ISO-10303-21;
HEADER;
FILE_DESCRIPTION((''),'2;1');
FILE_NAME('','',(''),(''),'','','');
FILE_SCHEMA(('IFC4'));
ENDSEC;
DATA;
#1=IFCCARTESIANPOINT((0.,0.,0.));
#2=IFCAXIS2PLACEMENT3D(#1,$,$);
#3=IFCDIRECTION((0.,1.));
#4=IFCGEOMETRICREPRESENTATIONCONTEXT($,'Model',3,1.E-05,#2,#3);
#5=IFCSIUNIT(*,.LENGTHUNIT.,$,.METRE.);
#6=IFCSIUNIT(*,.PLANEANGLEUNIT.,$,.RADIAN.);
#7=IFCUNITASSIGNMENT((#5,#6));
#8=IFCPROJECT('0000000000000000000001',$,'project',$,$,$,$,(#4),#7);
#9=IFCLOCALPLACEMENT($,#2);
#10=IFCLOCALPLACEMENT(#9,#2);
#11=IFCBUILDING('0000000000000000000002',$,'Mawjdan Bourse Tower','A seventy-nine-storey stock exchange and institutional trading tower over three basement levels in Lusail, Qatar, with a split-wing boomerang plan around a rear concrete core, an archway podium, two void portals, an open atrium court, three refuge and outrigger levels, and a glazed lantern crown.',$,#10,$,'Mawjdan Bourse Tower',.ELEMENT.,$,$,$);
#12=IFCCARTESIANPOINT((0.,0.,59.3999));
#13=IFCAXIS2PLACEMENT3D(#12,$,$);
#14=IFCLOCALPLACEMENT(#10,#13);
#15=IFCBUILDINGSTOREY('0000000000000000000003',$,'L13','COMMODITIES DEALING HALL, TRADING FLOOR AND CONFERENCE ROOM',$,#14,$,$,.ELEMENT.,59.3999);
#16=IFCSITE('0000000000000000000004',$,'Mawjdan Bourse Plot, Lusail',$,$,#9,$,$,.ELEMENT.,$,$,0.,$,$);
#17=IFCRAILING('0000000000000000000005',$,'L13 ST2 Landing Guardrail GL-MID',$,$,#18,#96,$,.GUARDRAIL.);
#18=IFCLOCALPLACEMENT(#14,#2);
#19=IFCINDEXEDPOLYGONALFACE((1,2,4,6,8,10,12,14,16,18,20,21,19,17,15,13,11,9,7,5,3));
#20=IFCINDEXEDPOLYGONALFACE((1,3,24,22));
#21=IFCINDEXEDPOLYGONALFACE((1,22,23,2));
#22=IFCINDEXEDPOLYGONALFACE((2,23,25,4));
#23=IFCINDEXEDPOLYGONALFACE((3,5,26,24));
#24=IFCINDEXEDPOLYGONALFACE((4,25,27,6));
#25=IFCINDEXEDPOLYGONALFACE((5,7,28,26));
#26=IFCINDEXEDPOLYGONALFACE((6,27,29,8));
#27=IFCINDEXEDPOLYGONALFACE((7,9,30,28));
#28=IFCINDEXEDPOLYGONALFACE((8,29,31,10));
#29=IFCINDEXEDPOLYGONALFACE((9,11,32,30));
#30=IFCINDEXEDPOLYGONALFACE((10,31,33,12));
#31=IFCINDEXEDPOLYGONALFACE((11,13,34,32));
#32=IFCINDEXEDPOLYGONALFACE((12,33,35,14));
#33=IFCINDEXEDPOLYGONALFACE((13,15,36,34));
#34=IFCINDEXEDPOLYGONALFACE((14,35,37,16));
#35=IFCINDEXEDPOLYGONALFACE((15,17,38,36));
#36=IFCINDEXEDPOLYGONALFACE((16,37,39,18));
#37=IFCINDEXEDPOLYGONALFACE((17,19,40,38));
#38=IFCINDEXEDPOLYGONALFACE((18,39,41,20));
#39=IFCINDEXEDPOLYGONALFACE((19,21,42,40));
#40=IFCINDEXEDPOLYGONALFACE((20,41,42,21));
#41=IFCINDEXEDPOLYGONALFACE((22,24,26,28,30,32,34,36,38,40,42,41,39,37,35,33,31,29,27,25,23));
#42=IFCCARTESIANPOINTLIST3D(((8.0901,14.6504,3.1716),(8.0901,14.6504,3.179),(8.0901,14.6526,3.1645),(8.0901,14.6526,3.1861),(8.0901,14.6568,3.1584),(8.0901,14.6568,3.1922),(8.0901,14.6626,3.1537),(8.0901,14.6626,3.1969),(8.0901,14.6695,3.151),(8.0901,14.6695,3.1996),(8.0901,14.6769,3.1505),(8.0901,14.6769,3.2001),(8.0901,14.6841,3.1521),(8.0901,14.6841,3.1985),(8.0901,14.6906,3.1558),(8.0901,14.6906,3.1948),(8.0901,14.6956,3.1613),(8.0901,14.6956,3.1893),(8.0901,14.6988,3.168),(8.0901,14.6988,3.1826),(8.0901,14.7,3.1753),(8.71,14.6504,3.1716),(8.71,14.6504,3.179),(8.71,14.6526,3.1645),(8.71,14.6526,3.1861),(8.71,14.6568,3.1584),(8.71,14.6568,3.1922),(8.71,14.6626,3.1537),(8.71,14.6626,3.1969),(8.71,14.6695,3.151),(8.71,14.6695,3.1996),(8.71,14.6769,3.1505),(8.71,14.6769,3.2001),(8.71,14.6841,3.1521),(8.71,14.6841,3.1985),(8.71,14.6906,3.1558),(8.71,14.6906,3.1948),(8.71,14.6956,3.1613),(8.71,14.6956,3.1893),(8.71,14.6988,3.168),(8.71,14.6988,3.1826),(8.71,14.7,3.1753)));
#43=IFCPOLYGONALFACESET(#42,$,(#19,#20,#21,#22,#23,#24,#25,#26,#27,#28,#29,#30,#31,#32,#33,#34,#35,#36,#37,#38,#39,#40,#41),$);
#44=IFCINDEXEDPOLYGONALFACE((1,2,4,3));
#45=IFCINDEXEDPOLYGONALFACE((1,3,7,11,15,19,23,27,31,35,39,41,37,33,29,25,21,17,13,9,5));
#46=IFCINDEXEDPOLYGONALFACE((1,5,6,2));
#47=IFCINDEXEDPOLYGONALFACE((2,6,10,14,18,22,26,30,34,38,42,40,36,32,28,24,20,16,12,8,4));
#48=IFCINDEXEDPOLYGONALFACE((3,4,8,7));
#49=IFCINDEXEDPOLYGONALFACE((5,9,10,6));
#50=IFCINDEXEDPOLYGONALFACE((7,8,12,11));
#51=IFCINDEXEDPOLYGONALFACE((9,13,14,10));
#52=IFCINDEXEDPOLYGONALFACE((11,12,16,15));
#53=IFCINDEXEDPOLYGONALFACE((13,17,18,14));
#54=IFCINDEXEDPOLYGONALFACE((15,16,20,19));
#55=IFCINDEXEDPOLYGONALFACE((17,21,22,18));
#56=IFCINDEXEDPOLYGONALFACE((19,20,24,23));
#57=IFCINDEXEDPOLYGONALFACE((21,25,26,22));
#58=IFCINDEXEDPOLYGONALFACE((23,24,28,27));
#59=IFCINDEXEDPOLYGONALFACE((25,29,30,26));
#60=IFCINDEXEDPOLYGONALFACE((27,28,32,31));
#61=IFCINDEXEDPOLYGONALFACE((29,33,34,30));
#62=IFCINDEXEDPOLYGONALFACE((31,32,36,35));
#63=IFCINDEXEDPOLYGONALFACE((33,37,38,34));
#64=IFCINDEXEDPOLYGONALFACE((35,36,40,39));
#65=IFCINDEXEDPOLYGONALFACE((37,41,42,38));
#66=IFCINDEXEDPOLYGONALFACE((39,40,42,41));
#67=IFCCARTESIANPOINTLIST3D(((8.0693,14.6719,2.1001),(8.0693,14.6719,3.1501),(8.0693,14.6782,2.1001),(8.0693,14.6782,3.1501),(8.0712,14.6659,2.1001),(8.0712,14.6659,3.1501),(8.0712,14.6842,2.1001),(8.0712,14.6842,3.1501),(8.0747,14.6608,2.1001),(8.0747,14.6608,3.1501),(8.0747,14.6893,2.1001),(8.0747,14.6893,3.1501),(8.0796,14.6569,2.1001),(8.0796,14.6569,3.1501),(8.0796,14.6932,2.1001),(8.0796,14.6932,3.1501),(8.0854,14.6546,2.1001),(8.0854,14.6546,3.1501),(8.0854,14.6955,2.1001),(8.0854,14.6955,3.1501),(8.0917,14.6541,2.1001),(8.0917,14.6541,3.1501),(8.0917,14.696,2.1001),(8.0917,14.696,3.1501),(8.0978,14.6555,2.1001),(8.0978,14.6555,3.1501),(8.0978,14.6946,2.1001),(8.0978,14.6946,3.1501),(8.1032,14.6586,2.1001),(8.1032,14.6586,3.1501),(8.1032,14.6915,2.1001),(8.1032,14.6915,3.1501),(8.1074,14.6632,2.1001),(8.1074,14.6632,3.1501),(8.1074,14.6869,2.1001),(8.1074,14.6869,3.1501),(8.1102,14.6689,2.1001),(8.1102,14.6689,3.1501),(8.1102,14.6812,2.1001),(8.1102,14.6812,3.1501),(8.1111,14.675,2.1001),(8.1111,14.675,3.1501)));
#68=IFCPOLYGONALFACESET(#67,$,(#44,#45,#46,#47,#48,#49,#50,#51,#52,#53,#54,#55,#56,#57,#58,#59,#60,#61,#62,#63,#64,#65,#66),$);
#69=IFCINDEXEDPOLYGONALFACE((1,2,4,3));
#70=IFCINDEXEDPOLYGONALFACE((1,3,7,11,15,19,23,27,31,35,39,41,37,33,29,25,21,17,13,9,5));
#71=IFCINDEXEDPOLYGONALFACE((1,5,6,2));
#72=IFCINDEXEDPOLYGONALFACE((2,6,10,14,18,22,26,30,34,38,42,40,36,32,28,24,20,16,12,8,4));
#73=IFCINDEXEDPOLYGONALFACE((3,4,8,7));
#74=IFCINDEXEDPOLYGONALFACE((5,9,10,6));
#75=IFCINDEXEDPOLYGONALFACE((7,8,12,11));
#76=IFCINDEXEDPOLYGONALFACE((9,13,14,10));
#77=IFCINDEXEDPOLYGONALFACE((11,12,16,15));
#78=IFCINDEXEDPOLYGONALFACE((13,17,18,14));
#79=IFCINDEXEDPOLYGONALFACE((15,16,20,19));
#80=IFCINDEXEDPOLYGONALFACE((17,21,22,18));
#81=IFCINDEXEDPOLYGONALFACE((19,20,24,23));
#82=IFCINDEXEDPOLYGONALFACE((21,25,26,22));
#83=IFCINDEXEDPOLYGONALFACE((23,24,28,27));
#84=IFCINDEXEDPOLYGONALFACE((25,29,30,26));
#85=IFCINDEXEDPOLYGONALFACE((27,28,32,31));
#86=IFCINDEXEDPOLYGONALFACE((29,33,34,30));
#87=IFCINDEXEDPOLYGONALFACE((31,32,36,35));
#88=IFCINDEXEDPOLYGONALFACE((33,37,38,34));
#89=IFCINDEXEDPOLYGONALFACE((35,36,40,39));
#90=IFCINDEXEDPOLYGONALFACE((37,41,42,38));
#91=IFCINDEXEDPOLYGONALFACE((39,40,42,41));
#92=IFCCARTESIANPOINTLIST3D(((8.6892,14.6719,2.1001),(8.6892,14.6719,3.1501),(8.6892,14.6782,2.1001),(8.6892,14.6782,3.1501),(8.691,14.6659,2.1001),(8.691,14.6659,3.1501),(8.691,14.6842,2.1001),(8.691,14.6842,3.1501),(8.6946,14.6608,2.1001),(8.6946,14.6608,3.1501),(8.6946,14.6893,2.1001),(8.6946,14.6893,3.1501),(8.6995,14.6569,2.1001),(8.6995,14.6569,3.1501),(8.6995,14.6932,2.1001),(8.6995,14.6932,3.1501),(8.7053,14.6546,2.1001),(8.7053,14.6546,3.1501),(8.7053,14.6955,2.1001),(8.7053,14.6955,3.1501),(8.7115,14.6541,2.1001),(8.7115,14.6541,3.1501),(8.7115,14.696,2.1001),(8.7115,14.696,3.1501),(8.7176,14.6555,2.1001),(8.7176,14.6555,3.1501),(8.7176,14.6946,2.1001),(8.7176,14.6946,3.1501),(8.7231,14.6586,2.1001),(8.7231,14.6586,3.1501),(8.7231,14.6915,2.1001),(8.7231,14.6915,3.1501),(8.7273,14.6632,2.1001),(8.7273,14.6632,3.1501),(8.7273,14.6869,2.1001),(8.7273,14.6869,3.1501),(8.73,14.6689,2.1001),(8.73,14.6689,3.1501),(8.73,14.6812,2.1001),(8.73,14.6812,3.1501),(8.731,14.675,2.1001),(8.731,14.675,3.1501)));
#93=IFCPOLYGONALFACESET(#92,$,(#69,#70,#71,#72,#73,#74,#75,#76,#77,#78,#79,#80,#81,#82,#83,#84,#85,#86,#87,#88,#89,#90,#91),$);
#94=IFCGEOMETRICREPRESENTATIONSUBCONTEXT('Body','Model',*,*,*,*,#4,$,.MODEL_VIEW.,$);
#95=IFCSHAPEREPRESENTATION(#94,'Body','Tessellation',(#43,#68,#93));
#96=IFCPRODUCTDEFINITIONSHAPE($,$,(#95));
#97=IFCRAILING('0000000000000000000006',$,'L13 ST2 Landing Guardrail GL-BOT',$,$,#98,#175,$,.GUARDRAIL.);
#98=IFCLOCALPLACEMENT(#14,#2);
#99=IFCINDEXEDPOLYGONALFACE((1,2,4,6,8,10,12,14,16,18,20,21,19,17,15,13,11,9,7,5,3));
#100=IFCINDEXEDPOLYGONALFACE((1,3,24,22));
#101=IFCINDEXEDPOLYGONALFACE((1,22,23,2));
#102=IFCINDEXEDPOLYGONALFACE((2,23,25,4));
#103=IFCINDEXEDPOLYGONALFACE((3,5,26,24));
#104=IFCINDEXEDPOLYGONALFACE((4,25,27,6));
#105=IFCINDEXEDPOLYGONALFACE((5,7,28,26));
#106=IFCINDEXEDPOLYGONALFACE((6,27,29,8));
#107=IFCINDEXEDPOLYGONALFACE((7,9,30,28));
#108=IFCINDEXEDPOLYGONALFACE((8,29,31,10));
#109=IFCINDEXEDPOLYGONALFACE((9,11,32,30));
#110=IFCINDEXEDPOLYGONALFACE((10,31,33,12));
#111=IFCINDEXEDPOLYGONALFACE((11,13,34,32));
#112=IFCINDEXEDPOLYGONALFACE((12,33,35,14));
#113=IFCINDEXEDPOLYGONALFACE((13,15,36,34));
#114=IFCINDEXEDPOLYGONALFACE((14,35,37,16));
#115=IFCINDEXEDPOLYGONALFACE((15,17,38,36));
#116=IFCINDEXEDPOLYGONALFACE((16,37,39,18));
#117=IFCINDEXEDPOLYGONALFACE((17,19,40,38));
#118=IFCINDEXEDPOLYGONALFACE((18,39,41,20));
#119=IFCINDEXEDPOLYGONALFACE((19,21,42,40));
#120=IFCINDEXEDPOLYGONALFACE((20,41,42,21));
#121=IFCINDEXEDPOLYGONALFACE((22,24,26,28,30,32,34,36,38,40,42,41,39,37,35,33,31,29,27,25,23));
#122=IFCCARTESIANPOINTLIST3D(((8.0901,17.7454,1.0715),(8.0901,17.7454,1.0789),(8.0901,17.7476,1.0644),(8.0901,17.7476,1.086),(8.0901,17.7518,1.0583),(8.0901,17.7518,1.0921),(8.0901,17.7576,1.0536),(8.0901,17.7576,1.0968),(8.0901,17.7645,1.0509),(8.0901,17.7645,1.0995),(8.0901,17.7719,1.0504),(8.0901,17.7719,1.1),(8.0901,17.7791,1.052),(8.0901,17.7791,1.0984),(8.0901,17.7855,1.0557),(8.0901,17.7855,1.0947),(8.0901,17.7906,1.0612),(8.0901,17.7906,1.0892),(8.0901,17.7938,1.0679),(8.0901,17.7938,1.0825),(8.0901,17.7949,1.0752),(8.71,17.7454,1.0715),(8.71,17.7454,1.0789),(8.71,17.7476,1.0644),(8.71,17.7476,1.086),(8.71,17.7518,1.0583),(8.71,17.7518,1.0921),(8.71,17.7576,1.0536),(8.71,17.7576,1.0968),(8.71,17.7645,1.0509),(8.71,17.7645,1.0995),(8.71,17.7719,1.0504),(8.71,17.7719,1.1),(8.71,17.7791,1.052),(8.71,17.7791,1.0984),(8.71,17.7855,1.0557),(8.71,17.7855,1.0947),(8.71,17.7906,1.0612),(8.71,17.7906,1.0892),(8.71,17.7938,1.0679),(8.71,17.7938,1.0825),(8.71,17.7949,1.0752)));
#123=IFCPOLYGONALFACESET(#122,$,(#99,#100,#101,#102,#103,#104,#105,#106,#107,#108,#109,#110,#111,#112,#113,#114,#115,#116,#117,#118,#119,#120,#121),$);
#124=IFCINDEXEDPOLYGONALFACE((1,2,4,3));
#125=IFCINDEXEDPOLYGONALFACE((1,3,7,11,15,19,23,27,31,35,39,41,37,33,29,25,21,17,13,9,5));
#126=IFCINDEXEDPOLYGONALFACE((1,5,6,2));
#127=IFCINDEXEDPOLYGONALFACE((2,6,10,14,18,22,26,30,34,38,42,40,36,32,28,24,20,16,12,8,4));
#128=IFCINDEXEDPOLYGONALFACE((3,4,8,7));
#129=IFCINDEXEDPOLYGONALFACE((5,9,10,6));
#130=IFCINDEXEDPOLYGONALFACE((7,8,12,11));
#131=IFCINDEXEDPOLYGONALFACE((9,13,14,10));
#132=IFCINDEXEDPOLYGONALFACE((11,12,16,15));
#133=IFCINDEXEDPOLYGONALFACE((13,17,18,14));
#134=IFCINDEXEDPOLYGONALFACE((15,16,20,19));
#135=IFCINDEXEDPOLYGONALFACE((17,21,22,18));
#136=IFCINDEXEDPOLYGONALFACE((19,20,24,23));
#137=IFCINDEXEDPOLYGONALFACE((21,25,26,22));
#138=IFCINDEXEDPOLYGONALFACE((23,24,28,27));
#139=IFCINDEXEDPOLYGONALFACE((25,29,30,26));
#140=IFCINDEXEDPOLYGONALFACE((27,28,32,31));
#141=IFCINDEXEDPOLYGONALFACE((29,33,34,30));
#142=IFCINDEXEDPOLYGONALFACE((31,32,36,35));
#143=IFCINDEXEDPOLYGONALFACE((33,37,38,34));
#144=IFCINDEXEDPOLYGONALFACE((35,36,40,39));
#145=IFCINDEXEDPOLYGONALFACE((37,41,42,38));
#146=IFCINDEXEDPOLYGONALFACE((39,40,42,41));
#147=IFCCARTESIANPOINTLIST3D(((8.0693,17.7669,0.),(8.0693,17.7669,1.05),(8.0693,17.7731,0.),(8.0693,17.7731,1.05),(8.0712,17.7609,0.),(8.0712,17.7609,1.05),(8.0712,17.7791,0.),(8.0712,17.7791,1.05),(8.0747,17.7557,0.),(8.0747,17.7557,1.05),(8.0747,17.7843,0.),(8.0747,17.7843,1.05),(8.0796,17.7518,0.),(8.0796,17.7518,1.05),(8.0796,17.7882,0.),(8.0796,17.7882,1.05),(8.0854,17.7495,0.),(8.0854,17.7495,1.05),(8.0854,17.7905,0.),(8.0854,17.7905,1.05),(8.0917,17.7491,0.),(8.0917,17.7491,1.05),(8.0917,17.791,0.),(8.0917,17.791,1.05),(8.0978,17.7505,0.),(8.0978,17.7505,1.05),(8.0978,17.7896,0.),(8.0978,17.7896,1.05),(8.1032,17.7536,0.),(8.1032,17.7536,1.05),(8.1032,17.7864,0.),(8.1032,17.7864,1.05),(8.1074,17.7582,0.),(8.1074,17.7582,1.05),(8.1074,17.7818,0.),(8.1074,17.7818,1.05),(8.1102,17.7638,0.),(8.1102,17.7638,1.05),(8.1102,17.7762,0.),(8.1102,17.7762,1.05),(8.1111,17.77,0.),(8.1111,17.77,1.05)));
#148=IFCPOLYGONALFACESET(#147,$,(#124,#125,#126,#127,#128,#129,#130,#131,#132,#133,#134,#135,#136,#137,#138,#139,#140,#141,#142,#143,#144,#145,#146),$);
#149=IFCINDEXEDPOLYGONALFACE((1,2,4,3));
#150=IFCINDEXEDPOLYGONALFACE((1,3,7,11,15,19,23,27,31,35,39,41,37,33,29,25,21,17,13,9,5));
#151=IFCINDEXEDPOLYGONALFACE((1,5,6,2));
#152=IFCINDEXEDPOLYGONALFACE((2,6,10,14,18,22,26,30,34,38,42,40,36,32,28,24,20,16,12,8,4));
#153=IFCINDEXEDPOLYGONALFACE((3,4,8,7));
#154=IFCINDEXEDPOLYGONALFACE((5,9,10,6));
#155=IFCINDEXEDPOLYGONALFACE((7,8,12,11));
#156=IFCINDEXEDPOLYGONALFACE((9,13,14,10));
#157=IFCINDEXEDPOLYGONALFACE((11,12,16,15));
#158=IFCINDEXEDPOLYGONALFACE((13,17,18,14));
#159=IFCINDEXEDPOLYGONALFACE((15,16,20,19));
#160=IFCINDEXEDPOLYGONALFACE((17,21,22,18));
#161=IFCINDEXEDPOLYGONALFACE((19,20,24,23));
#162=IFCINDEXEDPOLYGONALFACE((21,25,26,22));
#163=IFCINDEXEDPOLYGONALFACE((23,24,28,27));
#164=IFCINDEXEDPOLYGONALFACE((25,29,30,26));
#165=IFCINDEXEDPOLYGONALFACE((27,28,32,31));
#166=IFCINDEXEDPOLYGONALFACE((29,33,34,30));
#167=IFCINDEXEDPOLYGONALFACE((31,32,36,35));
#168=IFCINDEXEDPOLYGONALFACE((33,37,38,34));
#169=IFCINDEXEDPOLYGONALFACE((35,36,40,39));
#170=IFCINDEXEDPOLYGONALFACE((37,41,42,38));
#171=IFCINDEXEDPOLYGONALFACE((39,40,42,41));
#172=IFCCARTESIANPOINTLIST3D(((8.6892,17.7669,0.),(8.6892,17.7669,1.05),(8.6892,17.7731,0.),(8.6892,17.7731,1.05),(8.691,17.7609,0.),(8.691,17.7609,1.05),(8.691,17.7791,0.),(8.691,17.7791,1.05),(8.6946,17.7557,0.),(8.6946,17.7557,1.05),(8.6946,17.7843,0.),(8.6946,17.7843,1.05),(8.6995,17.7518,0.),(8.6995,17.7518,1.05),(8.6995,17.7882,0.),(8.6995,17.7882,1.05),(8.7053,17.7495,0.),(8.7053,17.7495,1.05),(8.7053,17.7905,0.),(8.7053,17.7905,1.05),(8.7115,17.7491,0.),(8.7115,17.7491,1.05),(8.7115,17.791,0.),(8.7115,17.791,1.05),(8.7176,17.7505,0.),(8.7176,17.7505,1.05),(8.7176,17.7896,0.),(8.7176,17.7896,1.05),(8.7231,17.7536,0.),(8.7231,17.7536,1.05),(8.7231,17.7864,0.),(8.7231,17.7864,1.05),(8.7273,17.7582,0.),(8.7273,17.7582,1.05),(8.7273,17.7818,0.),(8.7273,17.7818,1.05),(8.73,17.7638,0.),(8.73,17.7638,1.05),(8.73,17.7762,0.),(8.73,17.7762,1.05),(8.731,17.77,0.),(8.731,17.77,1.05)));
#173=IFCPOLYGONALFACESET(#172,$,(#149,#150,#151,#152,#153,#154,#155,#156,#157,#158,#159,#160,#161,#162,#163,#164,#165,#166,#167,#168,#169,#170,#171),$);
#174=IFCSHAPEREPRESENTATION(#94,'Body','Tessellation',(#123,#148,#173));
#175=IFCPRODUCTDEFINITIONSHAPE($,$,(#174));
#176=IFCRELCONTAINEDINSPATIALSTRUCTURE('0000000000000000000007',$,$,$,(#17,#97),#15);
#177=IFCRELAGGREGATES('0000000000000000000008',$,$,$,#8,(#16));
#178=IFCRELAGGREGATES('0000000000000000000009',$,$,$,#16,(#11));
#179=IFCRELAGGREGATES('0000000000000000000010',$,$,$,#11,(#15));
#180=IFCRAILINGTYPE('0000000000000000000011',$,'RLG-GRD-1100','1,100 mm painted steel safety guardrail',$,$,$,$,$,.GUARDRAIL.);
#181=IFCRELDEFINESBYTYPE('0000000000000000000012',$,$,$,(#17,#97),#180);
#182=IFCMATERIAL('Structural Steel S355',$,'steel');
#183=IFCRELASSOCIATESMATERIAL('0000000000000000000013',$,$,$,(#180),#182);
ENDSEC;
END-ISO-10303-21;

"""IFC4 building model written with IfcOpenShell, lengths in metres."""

from ifc_helpers import new_model, si_unit, direction, frame, origin, origin_2d, place, context, subcontext, project, spatial, circle, extrude, material, type_object, element, save


model = new_model("IFC4")

# Units and contexts
model_context = context("Model", 3, precision=1e-05, world=origin(), true_north=direction((0.0, 1.0)))
body_context = subcontext(model_context, "Body", "Model", "MODEL_VIEW")
ifc_project = project(units=[si_unit("LENGTHUNIT", "METRE"), si_unit("PLANEANGLEUNIT", "RADIAN")], contexts=[model_context])

# Site, building, storey
site_placement = place(None, origin())
site = spatial("IfcSite", under=ifc_project, at=site_placement, Name="Mawjdan Bourse Plot, Lusail", CompositionType="ELEMENT", RefElevation=0.0)
building_placement = place(site_placement, origin())
building = spatial("IfcBuilding", under=site, at=building_placement, Name="Mawjdan Bourse Tower", Description="A seventy-nine-storey stock exchange and institutional trading tower over three basement levels in Lusail, Qatar, with a split-wing boomerang plan around a rear concrete core, an archway podium, two void portals, an open atrium court, three refuge and outrigger levels, and a glazed lantern crown.", LongName="Mawjdan Bourse Tower", CompositionType="ELEMENT")
storey_placement = place(building_placement, frame((0.0, 0.0, 59.3999)))
storey = spatial("IfcBuildingStorey", under=building, at=storey_placement, Name="L13", Description="COMMODITIES DEALING HALL, TRADING FLOOR AND CONFERENCE ROOM", CompositionType="ELEMENT", Elevation=59.3999)

# Railings
ifc_material_1 = material(Name="Structural Steel S355", Category="steel")
railing_type_1 = type_object("IfcRailingType", Name="RLG-GRD-1100", Description="1,100 mm painted steel safety guardrail", PredefinedType="GUARDRAIL", material=ifc_material_1)
for number, where, name in (
    (1, (8.0901, 14.675, 2.1001), "L13 ST2 Landing Guardrail GL-MID"),
    (2, (8.0901, 17.77, 0.0), "L13 ST2 Landing Guardrail GL-BOT"),
):
    element("IfcRailing", number, at=place(storey_placement, frame(where)), inside=storey, type_object=railing_type_1, Name=name, PredefinedType="GUARDRAIL", context=body_context, shape_type="SweptSolid", body=[
        extrude(circle(Radius=0.0249, at=origin_2d()), frame((0.0, 0.0, 1.0752), z_axis=(1.0, 0.0, 0.0), x_axis=(0.0, 1.0, 0.0)), (0.0, 0.0, 1.0), 0.6199),
        extrude(circle(Radius=0.021, at=origin_2d()), origin(), (0.0, 0.0, 1.0), 1.05),
        extrude(circle(Radius=0.021, at=origin_2d()), frame((0.6199, 0.0, 0.0)), (0.0, 0.0, 1.0), 1.05),
    ])

save(model, "model.ifc")
